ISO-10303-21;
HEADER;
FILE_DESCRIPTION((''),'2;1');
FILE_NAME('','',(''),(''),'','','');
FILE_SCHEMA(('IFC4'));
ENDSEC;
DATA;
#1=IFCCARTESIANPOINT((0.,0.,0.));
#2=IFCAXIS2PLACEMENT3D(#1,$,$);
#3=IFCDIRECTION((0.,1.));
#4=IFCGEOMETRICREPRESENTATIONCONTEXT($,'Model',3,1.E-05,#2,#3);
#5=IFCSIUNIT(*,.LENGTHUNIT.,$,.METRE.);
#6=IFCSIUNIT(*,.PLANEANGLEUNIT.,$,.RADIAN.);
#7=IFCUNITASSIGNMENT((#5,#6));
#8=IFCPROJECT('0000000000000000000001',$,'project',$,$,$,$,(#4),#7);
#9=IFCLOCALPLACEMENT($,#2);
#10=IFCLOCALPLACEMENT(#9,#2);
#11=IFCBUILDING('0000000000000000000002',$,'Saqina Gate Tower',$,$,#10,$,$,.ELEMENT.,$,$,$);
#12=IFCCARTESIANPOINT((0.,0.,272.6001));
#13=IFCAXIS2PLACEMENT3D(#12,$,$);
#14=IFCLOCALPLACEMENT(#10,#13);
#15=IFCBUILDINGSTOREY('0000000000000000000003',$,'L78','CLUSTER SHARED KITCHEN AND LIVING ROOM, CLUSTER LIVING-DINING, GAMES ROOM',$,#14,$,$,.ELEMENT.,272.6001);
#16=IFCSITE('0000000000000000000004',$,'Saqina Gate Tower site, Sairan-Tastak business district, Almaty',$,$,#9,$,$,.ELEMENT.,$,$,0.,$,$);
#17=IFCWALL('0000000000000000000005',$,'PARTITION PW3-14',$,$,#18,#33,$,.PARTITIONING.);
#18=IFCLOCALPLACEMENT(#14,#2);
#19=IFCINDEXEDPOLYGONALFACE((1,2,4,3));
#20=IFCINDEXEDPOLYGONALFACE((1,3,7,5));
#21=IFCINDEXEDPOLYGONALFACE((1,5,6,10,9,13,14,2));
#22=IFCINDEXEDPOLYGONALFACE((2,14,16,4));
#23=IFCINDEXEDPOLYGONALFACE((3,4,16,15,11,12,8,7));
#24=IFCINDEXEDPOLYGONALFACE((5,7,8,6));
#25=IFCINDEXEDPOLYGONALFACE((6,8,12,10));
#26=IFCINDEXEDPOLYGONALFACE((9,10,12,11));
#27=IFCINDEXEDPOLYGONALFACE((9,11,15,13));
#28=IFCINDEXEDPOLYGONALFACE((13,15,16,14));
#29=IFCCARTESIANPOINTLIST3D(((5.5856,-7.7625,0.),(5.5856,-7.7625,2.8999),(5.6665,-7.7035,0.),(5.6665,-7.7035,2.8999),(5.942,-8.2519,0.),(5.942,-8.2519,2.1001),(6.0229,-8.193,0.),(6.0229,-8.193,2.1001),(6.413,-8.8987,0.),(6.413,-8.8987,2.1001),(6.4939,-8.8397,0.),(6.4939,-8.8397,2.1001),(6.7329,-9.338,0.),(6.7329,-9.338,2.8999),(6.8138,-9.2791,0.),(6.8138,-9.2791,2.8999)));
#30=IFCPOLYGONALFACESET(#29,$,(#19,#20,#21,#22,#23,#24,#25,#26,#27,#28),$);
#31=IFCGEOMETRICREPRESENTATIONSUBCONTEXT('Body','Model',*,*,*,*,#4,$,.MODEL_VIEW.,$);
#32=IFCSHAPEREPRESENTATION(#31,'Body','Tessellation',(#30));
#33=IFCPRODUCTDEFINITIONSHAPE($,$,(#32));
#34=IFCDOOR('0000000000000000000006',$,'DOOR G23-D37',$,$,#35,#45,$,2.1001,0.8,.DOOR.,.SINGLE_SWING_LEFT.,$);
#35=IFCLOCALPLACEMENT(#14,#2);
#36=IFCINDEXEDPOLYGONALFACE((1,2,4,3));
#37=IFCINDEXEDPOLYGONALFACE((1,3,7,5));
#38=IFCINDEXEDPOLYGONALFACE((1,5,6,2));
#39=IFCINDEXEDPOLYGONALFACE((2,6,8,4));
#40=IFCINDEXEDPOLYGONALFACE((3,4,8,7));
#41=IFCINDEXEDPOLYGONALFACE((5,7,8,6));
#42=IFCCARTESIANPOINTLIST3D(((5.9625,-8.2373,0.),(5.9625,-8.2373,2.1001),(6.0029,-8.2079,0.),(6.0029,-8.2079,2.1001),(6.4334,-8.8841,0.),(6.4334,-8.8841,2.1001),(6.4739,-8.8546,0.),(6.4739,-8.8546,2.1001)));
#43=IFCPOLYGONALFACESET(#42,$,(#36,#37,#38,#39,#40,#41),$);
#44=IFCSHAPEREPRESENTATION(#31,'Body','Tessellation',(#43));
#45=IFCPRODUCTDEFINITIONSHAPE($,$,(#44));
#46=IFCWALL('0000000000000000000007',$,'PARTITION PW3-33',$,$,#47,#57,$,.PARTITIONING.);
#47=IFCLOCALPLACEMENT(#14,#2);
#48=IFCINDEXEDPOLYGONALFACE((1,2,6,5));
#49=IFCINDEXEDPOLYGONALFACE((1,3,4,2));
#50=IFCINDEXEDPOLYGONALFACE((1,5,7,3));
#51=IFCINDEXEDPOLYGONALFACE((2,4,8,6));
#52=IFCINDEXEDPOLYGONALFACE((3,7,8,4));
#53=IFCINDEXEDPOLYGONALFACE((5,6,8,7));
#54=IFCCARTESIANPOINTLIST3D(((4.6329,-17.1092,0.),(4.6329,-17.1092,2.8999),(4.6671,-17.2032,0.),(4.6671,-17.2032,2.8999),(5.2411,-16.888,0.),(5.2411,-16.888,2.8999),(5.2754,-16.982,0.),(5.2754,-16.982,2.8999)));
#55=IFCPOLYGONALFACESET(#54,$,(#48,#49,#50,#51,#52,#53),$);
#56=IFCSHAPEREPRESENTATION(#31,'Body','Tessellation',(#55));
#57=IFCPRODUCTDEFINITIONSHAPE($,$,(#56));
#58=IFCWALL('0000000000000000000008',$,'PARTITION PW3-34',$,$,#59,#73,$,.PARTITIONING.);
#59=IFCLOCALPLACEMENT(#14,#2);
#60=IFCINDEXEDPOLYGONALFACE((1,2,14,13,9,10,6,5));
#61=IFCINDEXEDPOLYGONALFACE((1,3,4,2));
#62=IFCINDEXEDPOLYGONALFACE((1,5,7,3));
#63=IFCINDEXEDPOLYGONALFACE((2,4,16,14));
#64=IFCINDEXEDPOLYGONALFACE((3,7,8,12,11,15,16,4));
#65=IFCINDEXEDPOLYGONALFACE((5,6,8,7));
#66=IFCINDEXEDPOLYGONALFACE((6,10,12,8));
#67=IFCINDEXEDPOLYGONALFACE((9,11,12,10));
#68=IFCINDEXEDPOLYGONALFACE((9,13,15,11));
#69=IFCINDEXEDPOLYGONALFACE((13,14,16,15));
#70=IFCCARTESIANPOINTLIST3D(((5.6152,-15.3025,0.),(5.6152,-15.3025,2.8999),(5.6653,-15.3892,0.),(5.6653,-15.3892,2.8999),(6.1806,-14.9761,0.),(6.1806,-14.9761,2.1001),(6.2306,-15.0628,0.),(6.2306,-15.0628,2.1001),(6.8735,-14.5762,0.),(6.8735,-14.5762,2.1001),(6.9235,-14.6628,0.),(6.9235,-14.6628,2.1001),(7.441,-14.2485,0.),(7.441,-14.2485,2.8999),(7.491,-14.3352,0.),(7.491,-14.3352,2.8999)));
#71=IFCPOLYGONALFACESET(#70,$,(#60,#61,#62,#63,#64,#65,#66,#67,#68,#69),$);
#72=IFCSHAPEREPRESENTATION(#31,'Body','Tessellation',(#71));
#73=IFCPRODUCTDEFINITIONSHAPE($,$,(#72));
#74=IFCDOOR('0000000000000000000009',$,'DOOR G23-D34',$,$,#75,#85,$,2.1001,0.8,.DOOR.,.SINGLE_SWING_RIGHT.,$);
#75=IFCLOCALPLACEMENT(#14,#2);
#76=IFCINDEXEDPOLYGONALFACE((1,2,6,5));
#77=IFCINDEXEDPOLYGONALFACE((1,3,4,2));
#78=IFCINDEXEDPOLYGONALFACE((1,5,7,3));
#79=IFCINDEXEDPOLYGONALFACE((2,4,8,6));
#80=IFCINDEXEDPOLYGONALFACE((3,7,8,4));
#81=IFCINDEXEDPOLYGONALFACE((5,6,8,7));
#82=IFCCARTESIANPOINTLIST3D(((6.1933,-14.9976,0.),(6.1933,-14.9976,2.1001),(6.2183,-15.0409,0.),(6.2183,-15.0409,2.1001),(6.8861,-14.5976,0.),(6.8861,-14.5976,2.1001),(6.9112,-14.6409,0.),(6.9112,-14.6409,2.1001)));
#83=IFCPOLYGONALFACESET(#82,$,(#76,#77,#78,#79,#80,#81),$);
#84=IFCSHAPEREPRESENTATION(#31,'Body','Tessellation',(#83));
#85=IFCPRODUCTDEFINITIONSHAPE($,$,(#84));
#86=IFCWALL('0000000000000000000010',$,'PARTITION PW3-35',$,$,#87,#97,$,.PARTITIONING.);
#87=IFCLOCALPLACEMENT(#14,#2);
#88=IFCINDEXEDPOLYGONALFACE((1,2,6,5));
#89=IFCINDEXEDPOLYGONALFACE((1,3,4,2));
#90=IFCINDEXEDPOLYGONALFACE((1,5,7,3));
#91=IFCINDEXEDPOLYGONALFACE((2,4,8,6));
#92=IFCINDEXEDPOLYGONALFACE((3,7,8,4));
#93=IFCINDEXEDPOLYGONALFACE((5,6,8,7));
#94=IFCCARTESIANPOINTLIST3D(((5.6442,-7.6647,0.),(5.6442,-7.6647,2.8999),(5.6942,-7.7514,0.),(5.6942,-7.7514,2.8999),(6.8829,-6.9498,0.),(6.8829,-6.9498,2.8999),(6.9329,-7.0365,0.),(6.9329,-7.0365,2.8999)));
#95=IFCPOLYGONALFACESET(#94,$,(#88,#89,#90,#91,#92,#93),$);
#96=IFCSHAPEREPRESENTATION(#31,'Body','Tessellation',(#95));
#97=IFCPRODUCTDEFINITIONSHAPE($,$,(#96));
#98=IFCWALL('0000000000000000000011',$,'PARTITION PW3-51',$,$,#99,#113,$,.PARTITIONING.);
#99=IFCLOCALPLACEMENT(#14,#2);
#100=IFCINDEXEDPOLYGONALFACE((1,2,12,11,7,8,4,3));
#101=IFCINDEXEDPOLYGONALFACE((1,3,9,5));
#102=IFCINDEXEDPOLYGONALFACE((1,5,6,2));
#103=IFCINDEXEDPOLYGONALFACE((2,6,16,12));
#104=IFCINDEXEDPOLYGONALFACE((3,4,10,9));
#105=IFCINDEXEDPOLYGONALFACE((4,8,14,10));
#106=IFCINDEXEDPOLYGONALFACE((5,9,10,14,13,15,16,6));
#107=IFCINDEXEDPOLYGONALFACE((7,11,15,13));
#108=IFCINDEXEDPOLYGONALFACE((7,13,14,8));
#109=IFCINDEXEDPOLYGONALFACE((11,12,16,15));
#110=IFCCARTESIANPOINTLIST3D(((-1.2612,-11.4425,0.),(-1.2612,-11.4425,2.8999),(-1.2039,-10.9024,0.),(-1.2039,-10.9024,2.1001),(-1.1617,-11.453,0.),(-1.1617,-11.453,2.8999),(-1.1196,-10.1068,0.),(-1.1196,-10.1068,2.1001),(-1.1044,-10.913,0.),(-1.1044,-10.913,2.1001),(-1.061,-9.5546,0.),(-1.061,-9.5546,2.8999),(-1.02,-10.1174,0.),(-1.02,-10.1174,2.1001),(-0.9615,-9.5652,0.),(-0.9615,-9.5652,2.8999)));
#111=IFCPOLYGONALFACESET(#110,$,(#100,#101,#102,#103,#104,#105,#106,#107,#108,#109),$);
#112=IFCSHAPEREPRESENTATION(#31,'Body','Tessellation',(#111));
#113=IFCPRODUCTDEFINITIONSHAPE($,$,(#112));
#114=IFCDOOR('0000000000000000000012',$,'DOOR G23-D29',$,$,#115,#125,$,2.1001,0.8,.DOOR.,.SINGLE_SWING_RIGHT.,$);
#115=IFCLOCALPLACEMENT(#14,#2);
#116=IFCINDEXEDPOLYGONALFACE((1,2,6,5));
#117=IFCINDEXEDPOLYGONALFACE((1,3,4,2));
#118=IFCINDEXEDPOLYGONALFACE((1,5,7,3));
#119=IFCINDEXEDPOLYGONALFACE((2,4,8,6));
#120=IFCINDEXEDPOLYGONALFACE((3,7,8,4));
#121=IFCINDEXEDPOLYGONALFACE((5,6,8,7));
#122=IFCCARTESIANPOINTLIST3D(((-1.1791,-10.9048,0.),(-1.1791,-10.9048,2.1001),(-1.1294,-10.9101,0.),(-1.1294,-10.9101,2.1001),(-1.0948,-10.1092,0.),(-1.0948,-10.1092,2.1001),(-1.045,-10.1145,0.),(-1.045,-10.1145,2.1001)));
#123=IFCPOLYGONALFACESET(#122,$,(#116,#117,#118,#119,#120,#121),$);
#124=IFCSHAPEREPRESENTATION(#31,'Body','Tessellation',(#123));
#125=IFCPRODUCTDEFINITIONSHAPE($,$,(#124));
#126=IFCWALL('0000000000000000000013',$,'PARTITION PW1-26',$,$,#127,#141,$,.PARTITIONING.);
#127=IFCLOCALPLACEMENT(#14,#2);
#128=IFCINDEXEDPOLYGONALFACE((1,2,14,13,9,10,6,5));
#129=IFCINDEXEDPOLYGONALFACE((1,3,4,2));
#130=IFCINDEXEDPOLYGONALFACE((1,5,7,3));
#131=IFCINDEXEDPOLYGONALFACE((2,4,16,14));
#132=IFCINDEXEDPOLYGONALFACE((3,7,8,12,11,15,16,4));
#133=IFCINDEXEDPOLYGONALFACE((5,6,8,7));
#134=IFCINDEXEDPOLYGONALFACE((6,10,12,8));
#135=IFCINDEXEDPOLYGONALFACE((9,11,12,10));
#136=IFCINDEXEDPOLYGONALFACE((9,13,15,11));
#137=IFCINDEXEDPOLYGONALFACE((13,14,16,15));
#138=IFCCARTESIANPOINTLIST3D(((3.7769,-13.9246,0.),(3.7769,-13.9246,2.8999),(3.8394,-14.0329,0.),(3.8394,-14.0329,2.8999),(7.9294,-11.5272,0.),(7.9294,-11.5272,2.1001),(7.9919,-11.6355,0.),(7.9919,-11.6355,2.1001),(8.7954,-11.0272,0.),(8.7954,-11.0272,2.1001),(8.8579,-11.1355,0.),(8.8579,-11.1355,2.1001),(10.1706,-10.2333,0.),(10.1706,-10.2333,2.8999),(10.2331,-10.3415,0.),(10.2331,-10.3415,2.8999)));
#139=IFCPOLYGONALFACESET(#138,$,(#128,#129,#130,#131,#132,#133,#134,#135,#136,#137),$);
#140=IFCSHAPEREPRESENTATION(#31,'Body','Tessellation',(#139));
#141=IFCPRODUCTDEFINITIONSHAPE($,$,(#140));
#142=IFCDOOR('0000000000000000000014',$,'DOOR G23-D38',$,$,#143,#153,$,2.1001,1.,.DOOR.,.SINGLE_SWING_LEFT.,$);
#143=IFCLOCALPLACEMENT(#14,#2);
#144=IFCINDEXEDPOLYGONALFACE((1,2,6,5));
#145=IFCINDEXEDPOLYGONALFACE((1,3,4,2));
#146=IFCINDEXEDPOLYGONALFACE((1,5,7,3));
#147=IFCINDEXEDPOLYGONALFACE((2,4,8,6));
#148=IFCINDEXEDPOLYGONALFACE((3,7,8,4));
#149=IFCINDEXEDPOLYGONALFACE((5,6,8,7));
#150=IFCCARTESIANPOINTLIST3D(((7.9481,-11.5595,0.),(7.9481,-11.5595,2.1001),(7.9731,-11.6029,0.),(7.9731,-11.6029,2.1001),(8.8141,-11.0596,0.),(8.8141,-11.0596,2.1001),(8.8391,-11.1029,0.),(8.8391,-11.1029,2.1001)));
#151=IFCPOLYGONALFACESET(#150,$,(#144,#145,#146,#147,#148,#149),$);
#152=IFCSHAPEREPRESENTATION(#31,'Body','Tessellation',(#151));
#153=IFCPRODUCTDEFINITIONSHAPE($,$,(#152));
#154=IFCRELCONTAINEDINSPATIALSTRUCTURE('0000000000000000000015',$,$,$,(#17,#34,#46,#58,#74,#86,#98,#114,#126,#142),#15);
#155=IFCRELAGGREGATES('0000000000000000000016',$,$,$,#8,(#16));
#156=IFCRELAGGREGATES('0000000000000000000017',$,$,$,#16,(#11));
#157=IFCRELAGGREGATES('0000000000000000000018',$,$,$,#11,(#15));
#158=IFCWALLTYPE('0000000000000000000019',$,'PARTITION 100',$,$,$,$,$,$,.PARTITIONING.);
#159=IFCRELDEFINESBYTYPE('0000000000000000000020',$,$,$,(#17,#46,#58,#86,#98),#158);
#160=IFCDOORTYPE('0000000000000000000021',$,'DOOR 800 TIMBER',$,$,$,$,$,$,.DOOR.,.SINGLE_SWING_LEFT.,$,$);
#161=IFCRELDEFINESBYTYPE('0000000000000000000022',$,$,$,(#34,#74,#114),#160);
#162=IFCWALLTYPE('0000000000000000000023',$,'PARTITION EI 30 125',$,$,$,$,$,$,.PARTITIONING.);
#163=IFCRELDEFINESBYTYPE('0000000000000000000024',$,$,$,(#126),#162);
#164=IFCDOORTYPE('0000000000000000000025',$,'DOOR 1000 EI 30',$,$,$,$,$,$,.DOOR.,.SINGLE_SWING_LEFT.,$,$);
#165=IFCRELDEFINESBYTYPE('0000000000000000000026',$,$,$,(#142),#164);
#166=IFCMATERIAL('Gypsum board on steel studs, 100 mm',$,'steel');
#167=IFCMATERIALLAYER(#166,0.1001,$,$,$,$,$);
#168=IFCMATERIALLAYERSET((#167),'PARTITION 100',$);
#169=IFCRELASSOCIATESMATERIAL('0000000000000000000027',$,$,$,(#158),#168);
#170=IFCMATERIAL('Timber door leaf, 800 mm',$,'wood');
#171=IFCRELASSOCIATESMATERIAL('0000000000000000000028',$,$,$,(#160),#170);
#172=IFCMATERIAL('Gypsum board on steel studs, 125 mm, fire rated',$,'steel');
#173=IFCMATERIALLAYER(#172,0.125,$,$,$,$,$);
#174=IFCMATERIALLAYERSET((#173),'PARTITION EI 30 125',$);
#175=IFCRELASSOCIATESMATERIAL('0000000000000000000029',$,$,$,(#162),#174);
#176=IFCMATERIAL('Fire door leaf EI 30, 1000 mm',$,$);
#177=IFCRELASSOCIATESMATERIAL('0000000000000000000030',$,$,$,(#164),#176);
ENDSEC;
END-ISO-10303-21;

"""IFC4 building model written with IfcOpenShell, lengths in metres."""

from ifc_helpers import new_model, si_unit, direction, frame, frame_2d, origin, place, context, subcontext, project, spatial, rectangle, extrude, material, layer, layer_set, type_object, element, fill, save


model = new_model("IFC4")

# Units and contexts
model_context = context("Model", 3, precision=1e-05, world=origin(), true_north=direction((0.0, 1.0)))
body_context = subcontext(model_context, "Body", "Model", "MODEL_VIEW")
ifc_project = project(units=[si_unit("LENGTHUNIT", "METRE"), si_unit("PLANEANGLEUNIT", "RADIAN")], contexts=[model_context])

# Site, building, storey
site_placement = place(None, origin())
site = spatial("IfcSite", under=ifc_project, at=site_placement, Name="Saqina Gate Tower site, Sairan-Tastak business district, Almaty", CompositionType="ELEMENT", RefElevation=0.0)
building_placement = place(site_placement, origin())
building = spatial("IfcBuilding", under=site, at=building_placement, Name="Saqina Gate Tower", CompositionType="ELEMENT")
storey_placement = place(building_placement, frame((0.0, 0.0, 272.6001)))
storey = spatial("IfcBuildingStorey", under=building, at=storey_placement, Name="L78", Description="CLUSTER SHARED KITCHEN AND LIVING ROOM, CLUSTER LIVING-DINING, GAMES ROOM", CompositionType="ELEMENT", Elevation=272.6001)

# Shared definitions
ifc_material_1 = material(Name="Gypsum board on steel studs, 100 mm", Category="steel")
ifc_layer_1 = layer(ifc_material_1, 0.1001)
ifc_layer_set_1 = layer_set([ifc_layer_1], Name="PARTITION 100")
wall_type_1 = type_object("IfcWallType", Name="PARTITION 100", PredefinedType="PARTITIONING", material=ifc_layer_set_1)

# Wall, opening, door
wall_1_placement = place(storey_placement, frame((5.626, -7.7329, 0.0), z_axis=(0.0, 0.0, 1.0), x_axis=(0.588656, -0.808384, 0.0)))
wall_1 = element("IfcWall", 1, at=wall_1_placement, inside=storey, type_object=wall_type_1, Name="PARTITION PW3-14", PredefinedType="PARTITIONING", context=body_context, shape_type="SweptSolid", body=[
    extrude(rectangle(XDim=1.949, YDim=0.1001, at=frame_2d((0.9746, 0.0))), origin(), (0.0, 0.0, 1.0), 2.8999),
])
opening_1_placement = place(wall_1_placement, frame((0.6057, 0.0, 0.0)))
opening_1 = element("IfcOpeningElement", 2, at=opening_1_placement, cuts=wall_1, PredefinedType="OPENING", context=body_context, shape_type="SweptSolid", body=[
    extrude(rectangle(XDim=0.8, YDim=2.1001, at=frame_2d((0.3999, 1.05))), frame((0.0, 0.062, 0.0), z_axis=(0.0, -1.0, 0.0), x_axis=(1.0, 0.0, 0.0)), (0.0, 0.0, 1.0), 0.124),
])
ifc_material_2 = material(Name="Timber door leaf, 800 mm", Category="wood")
door_type_1 = type_object("IfcDoorType", Name="DOOR 800 TIMBER", OperationType="SINGLE_SWING_LEFT", PredefinedType="DOOR", material=ifc_material_2)
door_1_placement = place(opening_1_placement, frame((0.8, 0.0, 0.0), z_axis=(0.0, 0.0, 1.0), x_axis=(-1.0, 0.0, 0.0)))
door_1 = element("IfcDoor", 3, at=door_1_placement, inside=storey, type_object=door_type_1, Name="DOOR G23-D37", OperationType="SINGLE_SWING_LEFT", OverallHeight=2.1001, OverallWidth=0.8, PredefinedType="DOOR", context=body_context, shape_type="SweptSolid", body=[
    extrude(rectangle(XDim=0.8, YDim=2.1001, at=frame_2d((0.3999, 1.05))), frame((0.0, 0.0249, 0.0), z_axis=(0.0, -1.0, 0.0), x_axis=(1.0, 0.0, 0.0)), (0.0, 0.0, 1.0), 0.05),
])
fill(opening_1, door_1)

# Wall
wall_2_placement = place(storey_placement, frame((4.6499, -17.1562, 0.0), z_axis=(0.0, 0.0, 1.0), x_axis=(0.939771, 0.341804, 0.0)))
element("IfcWall", 4, at=wall_2_placement, inside=storey, type_object=wall_type_1, Name="PARTITION PW3-33", PredefinedType="PARTITIONING", context=body_context, shape_type="SweptSolid", body=[
    extrude(rectangle(XDim=0.6472, YDim=0.1001, at=frame_2d((0.3237, 0.0))), origin(), (0.0, 0.0, 1.0), 2.8999),
])

# Wall, opening, door
wall_3_placement = place(storey_placement, frame((5.6401, -15.3459, 0.0), z_axis=(0.0, 0.0, 1.0), x_axis=(0.866047, 0.499963, 0.0)))
wall_3 = element("IfcWall", 5, at=wall_3_placement, inside=storey, type_object=wall_type_1, Name="PARTITION PW3-34", PredefinedType="PARTITIONING", context=body_context, shape_type="SweptSolid", body=[
    extrude(rectangle(XDim=2.1082, YDim=0.1001, at=frame_2d((1.0542, 0.0))), origin(), (0.0, 0.0, 1.0), 2.8999),
])
opening_2_placement = place(wall_3_placement, frame((0.6531, 0.0, 0.0)))
opening_2 = element("IfcOpeningElement", 6, at=opening_2_placement, cuts=wall_3, PredefinedType="OPENING", context=body_context, shape_type="SweptSolid", body=[
    extrude(rectangle(XDim=0.8, YDim=2.1001, at=frame_2d((0.3999, 1.05))), frame((0.0, 0.062, 0.0), z_axis=(0.0, -1.0, 0.0), x_axis=(1.0, 0.0, 0.0)), (0.0, 0.0, 1.0), 0.124),
])
door_2_placement = place(opening_2_placement, frame((0.8, 0.0, 0.0), z_axis=(0.0, 0.0, 1.0), x_axis=(-1.0, 0.0, 0.0)))
door_2 = element("IfcDoor", 7, at=door_2_placement, inside=storey, type_object=door_type_1, Name="DOOR G23-D34", OperationType="SINGLE_SWING_RIGHT", OverallHeight=2.1001, OverallWidth=0.8, PredefinedType="DOOR", context=body_context, shape_type="SweptSolid", body=[
    extrude(rectangle(XDim=0.8, YDim=2.1001, at=frame_2d((0.3999, 1.05))), frame((0.0, 0.0249, 0.0), z_axis=(0.0, -1.0, 0.0), x_axis=(1.0, 0.0, 0.0)), (0.0, 0.0, 1.0), 0.05),
])
fill(opening_2, door_2)

# Wall
wall_4_placement = place(storey_placement, frame((5.6692, -7.708, 0.0), z_axis=(0.0, 0.0, 1.0), x_axis=(0.866134, 0.499811, 0.0)))
element("IfcWall", 8, at=wall_4_placement, inside=storey, type_object=wall_type_1, Name="PARTITION PW3-35", PredefinedType="PARTITIONING", context=body_context, shape_type="SweptSolid", body=[
    extrude(rectangle(XDim=1.4302, YDim=0.1001, at=frame_2d((0.7151, 0.0))), origin(), (0.0, 0.0, 1.0), 2.8999),
])

# Walls, openings, doors
wall_5_placement = place(storey_placement, frame((-1.2114, -11.4478, 0.0), z_axis=(0.0, 0.0, 1.0), x_axis=(0.105448, 0.994425, 0.0)))
wall_5 = element("IfcWall", 9, at=wall_5_placement, inside=storey, type_object=wall_type_1, Name="PARTITION PW3-51", PredefinedType="PARTITIONING", context=body_context, shape_type="SweptSolid", body=[
    extrude(rectangle(XDim=1.8984, YDim=0.1001, at=frame_2d((0.9492, 0.0))), origin(), (0.0, 0.0, 1.0), 2.8999),
])
opening_3_placement = place(wall_5_placement, frame((0.5432, 0.0, 0.0)))
opening_3 = element("IfcOpeningElement", 10, at=opening_3_placement, cuts=wall_5, PredefinedType="OPENING", context=body_context, shape_type="SweptSolid", body=[
    extrude(rectangle(XDim=0.8, YDim=2.1001, at=frame_2d((0.3999, 1.05))), frame((0.0, 0.062, 0.0), z_axis=(0.0, -1.0, 0.0), x_axis=(1.0, 0.0, 0.0)), (0.0, 0.0, 1.0), 0.124),
])
door_3_placement = place(opening_3_placement, frame((0.8, 0.0, 0.0), z_axis=(0.0, 0.0, 1.0), x_axis=(-1.0, 0.0, 0.0)))
door_3 = element("IfcDoor", 11, at=door_3_placement, inside=storey, type_object=door_type_1, Name="DOOR G23-D29", OperationType="SINGLE_SWING_RIGHT", OverallHeight=2.1001, OverallWidth=0.8, PredefinedType="DOOR", context=body_context, shape_type="SweptSolid", body=[
    extrude(rectangle(XDim=0.8, YDim=2.1001, at=frame_2d((0.3999, 1.05))), frame((0.0, 0.0249, 0.0), z_axis=(0.0, -1.0, 0.0), x_axis=(1.0, 0.0, 0.0)), (0.0, 0.0, 1.0), 0.05),
])
fill(opening_3, door_3)
ifc_material_3 = material(Name="Gypsum board on steel studs, 125 mm, fire rated", Category="steel")
ifc_layer_2 = layer(ifc_material_3, 0.125)
ifc_layer_set_2 = layer_set([ifc_layer_2], Name="PARTITION EI 30 125")
wall_type_2 = type_object("IfcWallType", Name="PARTITION EI 30 125", PredefinedType="PARTITIONING", material=ifc_layer_set_2)
wall_6_placement = place(storey_placement, frame((3.8081, -13.9788, 0.0), z_axis=(0.0, 0.0, 1.0), x_axis=(0.866029, 0.499994, 0.0)))
wall_6 = element("IfcWall", 12, at=wall_6_placement, inside=storey, type_object=wall_type_2, Name="PARTITION PW1-26", PredefinedType="PARTITIONING", context=body_context, shape_type="SweptSolid", body=[
    extrude(rectangle(XDim=7.3828, YDim=0.125, at=frame_2d((3.6914, 0.0))), origin(), (0.0, 0.0, 1.0), 2.8999),
])
opening_4_placement = place(wall_6_placement, frame((4.7949, 0.0, 0.0)))
opening_4 = element("IfcOpeningElement", 13, at=opening_4_placement, cuts=wall_6, PredefinedType="OPENING", context=body_context, shape_type="SweptSolid", body=[
    extrude(rectangle(XDim=1.0, YDim=2.1001, at=frame_2d((0.5, 1.05))), frame((0.0, 0.0745, 0.0), z_axis=(0.0, -1.0, 0.0), x_axis=(1.0, 0.0, 0.0)), (0.0, 0.0, 1.0), 0.1489),
])
ifc_material_4 = material(Name="Fire door leaf EI 30, 1000 mm")
door_type_2 = type_object("IfcDoorType", Name="DOOR 1000 EI 30", OperationType="SINGLE_SWING_LEFT", PredefinedType="DOOR", material=ifc_material_4)
door_4_placement = place(opening_4_placement, frame((1.0, 0.0, 0.0), z_axis=(0.0, 0.0, 1.0), x_axis=(-1.0, 0.0, 0.0)))
door_4 = element("IfcDoor", 14, at=door_4_placement, inside=storey, type_object=door_type_2, Name="DOOR G23-D38", OperationType="SINGLE_SWING_LEFT", OverallHeight=2.1001, OverallWidth=1.0, PredefinedType="DOOR", context=body_context, shape_type="SweptSolid", body=[
    extrude(rectangle(XDim=1.0, YDim=2.1001, at=frame_2d((0.5, 1.05))), frame((0.0, 0.0249, 0.0), z_axis=(0.0, -1.0, 0.0), x_axis=(1.0, 0.0, 0.0)), (0.0, 0.0, 1.0), 0.05),
])
fill(opening_4, door_4)

save(model, "model.ifc")
